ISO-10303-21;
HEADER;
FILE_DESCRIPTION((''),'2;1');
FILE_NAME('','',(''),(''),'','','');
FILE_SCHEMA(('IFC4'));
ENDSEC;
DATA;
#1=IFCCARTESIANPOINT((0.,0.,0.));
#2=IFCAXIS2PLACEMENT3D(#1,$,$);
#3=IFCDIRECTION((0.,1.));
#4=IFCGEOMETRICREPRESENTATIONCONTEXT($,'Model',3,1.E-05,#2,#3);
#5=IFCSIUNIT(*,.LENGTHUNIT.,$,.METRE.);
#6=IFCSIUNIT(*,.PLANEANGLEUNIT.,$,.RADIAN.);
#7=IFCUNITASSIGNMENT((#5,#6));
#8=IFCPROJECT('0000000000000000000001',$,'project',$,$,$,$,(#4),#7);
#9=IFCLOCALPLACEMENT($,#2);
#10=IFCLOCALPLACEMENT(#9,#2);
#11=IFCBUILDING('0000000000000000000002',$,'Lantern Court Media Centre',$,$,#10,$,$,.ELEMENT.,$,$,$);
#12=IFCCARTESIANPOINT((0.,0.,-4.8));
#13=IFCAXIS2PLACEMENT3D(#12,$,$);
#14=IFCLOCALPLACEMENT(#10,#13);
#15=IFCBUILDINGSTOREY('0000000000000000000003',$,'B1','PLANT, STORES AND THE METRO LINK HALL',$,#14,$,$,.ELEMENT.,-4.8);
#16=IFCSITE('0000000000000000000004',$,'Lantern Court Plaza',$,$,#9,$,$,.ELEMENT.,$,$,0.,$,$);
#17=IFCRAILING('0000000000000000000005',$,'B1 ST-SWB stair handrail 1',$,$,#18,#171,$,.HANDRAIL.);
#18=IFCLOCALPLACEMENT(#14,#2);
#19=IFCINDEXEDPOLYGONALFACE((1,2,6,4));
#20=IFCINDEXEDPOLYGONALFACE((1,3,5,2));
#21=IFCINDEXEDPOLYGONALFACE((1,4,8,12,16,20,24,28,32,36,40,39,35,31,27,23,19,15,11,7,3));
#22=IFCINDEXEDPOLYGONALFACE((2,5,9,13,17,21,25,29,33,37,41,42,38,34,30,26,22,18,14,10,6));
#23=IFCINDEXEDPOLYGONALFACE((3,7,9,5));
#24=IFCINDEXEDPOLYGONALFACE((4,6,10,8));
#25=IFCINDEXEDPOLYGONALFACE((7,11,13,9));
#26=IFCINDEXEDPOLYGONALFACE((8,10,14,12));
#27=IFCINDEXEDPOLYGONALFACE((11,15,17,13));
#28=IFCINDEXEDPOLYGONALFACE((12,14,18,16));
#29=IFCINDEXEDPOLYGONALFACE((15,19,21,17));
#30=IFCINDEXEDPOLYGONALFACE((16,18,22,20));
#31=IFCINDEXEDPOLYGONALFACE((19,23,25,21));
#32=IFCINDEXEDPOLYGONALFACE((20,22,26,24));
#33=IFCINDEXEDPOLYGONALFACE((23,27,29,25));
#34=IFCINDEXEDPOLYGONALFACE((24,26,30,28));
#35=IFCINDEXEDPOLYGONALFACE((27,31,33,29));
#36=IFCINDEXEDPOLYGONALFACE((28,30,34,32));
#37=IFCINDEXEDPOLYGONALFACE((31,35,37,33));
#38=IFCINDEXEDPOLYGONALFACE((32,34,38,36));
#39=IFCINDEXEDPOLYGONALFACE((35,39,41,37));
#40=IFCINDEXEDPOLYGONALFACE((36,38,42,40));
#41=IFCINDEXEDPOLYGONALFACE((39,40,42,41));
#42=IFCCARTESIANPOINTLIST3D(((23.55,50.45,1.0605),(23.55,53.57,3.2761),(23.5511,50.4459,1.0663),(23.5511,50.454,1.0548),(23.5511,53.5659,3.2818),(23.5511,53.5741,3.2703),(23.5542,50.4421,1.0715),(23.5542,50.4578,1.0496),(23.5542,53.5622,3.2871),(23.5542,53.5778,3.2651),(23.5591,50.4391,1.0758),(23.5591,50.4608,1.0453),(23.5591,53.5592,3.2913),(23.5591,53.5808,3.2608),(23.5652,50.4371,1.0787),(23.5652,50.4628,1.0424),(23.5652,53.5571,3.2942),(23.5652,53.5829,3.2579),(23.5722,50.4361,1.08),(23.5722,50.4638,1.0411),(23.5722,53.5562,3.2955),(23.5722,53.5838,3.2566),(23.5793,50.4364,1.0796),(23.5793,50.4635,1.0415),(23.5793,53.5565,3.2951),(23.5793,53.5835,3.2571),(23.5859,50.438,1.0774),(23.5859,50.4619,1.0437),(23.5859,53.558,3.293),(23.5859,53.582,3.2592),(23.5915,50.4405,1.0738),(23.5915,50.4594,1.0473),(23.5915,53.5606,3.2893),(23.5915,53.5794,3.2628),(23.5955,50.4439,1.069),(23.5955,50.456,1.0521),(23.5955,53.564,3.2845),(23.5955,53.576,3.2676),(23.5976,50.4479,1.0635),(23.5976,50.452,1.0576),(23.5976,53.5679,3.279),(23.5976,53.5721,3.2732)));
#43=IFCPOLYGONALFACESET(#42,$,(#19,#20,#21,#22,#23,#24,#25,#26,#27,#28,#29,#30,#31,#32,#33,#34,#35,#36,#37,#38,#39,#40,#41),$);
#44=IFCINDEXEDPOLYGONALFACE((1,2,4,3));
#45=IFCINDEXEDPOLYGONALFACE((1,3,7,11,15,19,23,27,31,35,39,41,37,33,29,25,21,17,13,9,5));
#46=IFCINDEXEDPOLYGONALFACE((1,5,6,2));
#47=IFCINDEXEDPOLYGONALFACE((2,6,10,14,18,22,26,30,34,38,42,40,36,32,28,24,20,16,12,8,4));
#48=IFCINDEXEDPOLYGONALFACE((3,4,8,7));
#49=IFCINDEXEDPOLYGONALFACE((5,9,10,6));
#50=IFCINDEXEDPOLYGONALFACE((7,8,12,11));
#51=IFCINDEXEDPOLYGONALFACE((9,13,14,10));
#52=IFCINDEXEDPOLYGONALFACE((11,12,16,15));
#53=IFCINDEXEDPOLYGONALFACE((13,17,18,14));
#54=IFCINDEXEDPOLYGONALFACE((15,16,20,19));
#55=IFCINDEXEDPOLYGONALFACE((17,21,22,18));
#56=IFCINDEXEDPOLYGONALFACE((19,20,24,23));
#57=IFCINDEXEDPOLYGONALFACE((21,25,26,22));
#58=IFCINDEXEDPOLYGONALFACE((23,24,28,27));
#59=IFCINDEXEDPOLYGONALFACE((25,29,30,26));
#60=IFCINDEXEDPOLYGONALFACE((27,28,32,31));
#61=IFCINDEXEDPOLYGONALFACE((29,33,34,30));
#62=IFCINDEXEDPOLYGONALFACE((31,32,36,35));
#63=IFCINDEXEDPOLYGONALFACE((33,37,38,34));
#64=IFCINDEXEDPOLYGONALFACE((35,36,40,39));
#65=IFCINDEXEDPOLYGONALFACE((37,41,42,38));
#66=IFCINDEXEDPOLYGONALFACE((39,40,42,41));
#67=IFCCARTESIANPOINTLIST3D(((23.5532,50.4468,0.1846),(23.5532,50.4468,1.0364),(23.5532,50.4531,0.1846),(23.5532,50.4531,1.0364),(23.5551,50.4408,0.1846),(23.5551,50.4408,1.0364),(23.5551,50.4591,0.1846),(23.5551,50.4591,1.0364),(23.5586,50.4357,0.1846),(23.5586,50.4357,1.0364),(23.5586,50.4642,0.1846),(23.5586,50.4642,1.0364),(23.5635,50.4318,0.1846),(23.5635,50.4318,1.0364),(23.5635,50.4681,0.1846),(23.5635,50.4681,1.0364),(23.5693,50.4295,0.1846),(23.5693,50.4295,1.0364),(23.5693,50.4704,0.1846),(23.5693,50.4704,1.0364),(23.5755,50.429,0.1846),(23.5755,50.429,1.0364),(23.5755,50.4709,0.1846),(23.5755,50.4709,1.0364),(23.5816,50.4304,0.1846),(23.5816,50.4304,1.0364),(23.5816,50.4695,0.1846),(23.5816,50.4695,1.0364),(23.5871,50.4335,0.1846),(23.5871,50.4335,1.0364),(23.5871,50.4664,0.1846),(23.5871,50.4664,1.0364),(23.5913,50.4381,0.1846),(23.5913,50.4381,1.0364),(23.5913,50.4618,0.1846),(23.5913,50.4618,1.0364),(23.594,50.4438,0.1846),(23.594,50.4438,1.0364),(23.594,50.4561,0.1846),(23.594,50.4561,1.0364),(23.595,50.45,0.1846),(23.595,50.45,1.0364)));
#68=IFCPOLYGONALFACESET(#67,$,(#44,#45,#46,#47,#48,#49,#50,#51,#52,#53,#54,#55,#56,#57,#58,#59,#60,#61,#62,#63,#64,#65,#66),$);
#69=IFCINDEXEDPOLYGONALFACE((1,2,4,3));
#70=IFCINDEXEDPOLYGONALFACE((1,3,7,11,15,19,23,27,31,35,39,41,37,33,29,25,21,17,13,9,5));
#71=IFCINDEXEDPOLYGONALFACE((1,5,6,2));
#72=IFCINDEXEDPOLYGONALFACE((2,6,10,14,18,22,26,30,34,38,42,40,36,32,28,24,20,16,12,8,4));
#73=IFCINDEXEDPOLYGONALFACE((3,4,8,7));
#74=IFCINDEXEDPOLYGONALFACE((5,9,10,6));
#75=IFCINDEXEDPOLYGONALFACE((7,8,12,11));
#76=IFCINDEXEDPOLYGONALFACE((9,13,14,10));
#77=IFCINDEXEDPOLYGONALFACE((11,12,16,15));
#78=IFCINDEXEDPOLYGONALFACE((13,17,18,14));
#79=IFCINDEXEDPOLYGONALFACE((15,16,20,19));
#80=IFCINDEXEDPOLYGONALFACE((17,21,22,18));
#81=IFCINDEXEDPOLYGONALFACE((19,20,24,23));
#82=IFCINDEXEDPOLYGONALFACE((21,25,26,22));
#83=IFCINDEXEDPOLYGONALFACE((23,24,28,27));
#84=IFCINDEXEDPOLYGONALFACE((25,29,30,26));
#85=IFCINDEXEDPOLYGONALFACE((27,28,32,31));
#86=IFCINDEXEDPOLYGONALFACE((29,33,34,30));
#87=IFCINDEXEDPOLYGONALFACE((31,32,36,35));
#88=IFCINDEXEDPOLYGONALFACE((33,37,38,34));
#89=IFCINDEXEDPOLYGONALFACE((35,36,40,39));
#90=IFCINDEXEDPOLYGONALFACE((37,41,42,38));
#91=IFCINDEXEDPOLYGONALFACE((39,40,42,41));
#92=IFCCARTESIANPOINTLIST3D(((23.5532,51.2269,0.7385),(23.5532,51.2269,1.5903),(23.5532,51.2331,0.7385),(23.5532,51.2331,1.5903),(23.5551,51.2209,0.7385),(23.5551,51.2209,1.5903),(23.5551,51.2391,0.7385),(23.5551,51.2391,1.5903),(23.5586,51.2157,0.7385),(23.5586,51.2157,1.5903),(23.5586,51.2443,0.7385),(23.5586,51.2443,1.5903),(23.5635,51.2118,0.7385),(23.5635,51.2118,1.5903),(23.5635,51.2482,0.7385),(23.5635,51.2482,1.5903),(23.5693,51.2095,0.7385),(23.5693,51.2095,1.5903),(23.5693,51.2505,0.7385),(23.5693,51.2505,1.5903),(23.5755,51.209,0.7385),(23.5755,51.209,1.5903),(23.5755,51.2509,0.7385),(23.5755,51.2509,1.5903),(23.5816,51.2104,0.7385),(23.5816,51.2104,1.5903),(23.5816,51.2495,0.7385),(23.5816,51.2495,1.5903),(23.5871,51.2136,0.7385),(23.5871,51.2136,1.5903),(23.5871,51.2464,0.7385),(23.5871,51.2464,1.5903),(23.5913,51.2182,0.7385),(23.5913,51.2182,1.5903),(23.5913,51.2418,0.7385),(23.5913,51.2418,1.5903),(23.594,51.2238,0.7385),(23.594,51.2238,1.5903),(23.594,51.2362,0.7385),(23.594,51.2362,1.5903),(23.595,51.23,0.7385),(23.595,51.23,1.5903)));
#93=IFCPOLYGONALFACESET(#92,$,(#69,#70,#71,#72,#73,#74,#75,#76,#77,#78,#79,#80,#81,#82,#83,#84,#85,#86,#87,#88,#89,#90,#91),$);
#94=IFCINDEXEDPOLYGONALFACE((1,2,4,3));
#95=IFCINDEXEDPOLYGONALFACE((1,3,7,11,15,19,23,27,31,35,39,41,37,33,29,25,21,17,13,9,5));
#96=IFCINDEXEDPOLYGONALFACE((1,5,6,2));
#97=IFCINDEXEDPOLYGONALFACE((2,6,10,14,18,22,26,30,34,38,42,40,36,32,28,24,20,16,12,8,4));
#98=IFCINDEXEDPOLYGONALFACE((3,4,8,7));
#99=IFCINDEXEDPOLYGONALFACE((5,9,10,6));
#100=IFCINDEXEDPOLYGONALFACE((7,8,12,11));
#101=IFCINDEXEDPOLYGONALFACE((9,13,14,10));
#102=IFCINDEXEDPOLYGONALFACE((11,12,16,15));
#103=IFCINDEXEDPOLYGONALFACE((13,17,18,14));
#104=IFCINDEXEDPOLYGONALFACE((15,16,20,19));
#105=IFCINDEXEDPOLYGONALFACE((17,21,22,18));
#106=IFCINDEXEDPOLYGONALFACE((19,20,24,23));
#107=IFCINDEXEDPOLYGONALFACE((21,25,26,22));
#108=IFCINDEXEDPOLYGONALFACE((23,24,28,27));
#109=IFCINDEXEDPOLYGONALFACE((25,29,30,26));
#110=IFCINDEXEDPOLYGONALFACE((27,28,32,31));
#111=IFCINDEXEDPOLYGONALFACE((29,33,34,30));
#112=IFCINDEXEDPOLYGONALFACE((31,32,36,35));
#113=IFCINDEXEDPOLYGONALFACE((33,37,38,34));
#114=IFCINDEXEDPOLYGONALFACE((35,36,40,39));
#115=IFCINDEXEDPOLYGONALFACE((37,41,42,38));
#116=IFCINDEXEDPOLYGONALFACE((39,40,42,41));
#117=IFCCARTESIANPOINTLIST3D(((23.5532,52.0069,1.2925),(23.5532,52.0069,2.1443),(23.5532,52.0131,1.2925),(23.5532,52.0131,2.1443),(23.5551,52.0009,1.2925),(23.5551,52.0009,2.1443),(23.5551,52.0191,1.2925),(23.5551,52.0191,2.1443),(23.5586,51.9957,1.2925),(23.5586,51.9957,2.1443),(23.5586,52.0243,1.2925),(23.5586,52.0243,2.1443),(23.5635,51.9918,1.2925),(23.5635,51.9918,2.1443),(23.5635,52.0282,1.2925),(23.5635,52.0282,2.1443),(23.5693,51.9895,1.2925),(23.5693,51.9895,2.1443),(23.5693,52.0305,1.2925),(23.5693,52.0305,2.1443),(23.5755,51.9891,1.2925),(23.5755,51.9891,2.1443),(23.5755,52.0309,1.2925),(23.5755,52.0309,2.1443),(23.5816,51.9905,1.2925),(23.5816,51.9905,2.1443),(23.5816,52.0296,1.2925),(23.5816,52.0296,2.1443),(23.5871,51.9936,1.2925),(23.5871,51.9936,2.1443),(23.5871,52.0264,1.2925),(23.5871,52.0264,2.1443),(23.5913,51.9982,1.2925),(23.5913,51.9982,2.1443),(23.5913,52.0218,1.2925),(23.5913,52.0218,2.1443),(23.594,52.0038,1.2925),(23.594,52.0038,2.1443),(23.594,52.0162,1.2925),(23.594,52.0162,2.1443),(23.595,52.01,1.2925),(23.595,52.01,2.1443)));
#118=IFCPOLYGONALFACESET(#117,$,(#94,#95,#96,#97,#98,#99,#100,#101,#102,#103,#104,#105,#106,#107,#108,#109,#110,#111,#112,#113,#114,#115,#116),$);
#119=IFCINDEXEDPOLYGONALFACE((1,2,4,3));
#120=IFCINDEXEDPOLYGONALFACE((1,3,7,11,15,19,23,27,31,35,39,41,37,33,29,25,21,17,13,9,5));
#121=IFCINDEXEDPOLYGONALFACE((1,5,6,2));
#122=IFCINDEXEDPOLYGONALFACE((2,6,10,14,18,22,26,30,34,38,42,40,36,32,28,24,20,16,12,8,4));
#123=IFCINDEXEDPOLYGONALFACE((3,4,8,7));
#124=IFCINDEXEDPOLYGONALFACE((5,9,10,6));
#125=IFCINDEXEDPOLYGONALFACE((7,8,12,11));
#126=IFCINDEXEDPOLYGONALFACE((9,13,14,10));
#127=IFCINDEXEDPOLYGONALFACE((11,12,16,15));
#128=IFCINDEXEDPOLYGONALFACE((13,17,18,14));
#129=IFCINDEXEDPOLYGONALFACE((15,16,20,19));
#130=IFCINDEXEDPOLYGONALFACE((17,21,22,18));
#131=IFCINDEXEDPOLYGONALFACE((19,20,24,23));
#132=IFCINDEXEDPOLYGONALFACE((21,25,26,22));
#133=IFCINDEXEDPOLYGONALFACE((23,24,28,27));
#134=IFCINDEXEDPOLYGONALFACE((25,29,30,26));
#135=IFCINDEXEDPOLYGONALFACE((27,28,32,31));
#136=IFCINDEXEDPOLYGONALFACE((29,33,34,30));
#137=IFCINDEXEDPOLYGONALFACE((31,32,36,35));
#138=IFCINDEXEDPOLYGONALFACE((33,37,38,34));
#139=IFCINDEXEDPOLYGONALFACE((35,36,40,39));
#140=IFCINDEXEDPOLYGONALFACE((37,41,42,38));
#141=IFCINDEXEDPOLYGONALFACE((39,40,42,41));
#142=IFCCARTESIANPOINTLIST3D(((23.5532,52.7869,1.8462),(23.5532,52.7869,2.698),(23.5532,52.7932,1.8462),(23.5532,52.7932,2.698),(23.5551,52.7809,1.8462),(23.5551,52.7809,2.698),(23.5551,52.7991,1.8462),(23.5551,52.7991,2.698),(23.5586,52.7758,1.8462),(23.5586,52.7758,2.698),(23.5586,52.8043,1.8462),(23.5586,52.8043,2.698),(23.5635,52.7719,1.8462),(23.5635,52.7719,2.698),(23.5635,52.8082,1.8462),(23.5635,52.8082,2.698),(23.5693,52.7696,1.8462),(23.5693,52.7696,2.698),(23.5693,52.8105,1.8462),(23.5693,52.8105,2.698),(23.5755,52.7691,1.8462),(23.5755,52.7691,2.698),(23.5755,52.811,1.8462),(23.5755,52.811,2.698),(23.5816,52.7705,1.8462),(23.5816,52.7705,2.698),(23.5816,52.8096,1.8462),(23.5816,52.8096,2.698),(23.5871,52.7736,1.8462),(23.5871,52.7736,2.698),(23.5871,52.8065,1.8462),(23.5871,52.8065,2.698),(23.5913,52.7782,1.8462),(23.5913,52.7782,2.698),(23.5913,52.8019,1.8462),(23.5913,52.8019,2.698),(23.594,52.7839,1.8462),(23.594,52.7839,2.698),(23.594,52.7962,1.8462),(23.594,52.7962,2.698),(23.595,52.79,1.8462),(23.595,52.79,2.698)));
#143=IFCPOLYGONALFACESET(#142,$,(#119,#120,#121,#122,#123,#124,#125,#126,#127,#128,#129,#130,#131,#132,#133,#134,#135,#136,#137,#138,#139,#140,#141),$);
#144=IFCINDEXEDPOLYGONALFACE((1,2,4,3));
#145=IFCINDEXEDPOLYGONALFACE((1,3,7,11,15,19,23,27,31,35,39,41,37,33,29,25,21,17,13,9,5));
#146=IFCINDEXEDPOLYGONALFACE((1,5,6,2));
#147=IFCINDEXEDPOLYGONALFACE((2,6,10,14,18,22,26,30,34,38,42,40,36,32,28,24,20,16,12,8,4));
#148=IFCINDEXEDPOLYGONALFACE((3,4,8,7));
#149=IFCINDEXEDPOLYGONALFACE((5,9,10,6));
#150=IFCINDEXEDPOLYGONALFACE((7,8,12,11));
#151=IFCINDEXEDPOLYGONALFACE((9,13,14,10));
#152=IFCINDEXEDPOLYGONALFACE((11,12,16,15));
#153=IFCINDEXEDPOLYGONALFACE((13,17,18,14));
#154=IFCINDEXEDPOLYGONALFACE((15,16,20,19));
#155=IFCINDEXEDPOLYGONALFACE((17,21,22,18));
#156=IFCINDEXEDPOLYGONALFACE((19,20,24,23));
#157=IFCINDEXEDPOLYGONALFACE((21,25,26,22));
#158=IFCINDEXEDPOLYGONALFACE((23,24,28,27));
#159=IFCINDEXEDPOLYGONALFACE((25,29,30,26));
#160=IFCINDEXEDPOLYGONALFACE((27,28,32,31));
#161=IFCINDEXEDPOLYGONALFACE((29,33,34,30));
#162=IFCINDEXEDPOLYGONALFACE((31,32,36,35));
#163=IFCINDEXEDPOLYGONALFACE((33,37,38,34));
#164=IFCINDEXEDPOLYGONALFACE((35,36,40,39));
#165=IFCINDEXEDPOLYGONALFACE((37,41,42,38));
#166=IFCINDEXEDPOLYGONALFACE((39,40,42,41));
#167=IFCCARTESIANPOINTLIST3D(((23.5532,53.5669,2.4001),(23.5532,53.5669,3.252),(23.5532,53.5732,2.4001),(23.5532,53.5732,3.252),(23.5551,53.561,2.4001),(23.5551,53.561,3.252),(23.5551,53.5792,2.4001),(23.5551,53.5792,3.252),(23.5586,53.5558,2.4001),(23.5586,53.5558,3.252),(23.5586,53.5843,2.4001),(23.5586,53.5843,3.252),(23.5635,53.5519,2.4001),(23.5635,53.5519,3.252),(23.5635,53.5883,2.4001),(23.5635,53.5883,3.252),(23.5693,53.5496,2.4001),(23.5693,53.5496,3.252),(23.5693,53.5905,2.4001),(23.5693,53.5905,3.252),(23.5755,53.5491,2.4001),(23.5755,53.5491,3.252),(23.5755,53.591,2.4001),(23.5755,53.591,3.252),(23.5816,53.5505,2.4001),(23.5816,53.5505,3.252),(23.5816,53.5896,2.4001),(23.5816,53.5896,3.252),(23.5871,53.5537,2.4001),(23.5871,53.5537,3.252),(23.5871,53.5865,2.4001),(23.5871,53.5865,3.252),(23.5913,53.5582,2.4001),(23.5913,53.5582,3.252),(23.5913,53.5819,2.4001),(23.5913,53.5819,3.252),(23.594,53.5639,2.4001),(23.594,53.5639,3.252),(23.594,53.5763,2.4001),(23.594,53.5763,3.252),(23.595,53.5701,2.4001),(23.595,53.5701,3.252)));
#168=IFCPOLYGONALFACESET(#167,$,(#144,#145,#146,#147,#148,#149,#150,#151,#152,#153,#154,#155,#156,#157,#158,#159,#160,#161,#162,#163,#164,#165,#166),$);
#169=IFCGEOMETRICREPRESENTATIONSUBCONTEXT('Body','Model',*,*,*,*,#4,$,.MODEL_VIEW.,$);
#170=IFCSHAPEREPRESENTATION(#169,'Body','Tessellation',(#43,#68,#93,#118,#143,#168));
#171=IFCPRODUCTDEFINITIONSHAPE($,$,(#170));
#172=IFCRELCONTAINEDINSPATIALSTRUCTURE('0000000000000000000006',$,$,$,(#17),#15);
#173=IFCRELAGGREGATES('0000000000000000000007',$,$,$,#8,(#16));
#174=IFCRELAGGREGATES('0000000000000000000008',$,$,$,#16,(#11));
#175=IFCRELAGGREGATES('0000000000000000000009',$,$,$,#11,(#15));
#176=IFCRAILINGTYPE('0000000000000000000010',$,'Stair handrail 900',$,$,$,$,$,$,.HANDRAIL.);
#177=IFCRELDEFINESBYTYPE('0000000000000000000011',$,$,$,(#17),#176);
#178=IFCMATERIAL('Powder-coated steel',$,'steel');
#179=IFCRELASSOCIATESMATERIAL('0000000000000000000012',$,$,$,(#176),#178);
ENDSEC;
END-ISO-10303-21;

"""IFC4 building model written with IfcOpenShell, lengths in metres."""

from ifc_helpers import new_model, si_unit, direction, frame, origin, origin_2d, place, context, subcontext, project, spatial, circle, extrude, material, type_object, element, save


model = new_model("IFC4")

# Units and contexts
model_context = context("Model", 3, precision=1e-05, world=origin(), true_north=direction((0.0, 1.0)))
body_context = subcontext(model_context, "Body", "Model", "MODEL_VIEW")
ifc_project = project(units=[si_unit("LENGTHUNIT", "METRE"), si_unit("PLANEANGLEUNIT", "RADIAN")], contexts=[model_context])

# Site, building, storey
site_placement = place(None, origin())
site = spatial("IfcSite", under=ifc_project, at=site_placement, Name="Lantern Court Plaza", CompositionType="ELEMENT", RefElevation=0.0)
building_placement = place(site_placement, origin())
building = spatial("IfcBuilding", under=site, at=building_placement, Name="Lantern Court Media Centre", CompositionType="ELEMENT")
storey_placement = place(building_placement, frame((0.0, 0.0, -4.8)))
storey = spatial("IfcBuildingStorey", under=building, at=storey_placement, Name="B1", Description="PLANT, STORES AND THE METRO LINK HALL", CompositionType="ELEMENT", Elevation=-4.8)

# Railing
ifc_material_1 = material(Name="Powder-coated steel", Category="steel")
railing_type_1 = type_object("IfcRailingType", Name="Stair handrail 900", PredefinedType="HANDRAIL", material=ifc_material_1)
for number, where, name in (
    (1, (23.574, 50.45, 0.1846), "B1 ST-SWB stair handrail 1"),
):
    element("IfcRailing", number, at=place(storey_placement, frame(where)), inside=storey, type_object=railing_type_1, Name=name, PredefinedType="HANDRAIL", context=body_context, shape_type="SweptSolid", body=[
        extrude(circle(Radius=0.0239, at=origin_2d()), frame((0.0, 0.0, 0.876), z_axis=(0.0, 0.815347, 0.578973), x_axis=(-1.0, 0.0, 0.0)), (0.0, 0.0, 1.0), 3.8267),
        extrude(circle(Radius=0.021, at=origin_2d()), origin(), (0.0, 0.0, 1.0), 0.8518),
        extrude(circle(Radius=0.021, at=origin_2d()), frame((0.0, 0.78, 0.554)), (0.0, 0.0, 1.0), 0.8518),
        extrude(circle(Radius=0.021, at=origin_2d()), frame((0.0, 1.5601, 1.1079)), (0.0, 0.0, 1.0), 0.8518),
        extrude(circle(Radius=0.021, at=origin_2d()), frame((0.0, 2.3401, 1.6616)), (0.0, 0.0, 1.0), 0.8518),
        extrude(circle(Radius=0.021, at=origin_2d()), frame((0.0, 3.1201, 2.2156)), (0.0, 0.0, 1.0), 0.8518),
    ])

save(model, "model.ifc")
